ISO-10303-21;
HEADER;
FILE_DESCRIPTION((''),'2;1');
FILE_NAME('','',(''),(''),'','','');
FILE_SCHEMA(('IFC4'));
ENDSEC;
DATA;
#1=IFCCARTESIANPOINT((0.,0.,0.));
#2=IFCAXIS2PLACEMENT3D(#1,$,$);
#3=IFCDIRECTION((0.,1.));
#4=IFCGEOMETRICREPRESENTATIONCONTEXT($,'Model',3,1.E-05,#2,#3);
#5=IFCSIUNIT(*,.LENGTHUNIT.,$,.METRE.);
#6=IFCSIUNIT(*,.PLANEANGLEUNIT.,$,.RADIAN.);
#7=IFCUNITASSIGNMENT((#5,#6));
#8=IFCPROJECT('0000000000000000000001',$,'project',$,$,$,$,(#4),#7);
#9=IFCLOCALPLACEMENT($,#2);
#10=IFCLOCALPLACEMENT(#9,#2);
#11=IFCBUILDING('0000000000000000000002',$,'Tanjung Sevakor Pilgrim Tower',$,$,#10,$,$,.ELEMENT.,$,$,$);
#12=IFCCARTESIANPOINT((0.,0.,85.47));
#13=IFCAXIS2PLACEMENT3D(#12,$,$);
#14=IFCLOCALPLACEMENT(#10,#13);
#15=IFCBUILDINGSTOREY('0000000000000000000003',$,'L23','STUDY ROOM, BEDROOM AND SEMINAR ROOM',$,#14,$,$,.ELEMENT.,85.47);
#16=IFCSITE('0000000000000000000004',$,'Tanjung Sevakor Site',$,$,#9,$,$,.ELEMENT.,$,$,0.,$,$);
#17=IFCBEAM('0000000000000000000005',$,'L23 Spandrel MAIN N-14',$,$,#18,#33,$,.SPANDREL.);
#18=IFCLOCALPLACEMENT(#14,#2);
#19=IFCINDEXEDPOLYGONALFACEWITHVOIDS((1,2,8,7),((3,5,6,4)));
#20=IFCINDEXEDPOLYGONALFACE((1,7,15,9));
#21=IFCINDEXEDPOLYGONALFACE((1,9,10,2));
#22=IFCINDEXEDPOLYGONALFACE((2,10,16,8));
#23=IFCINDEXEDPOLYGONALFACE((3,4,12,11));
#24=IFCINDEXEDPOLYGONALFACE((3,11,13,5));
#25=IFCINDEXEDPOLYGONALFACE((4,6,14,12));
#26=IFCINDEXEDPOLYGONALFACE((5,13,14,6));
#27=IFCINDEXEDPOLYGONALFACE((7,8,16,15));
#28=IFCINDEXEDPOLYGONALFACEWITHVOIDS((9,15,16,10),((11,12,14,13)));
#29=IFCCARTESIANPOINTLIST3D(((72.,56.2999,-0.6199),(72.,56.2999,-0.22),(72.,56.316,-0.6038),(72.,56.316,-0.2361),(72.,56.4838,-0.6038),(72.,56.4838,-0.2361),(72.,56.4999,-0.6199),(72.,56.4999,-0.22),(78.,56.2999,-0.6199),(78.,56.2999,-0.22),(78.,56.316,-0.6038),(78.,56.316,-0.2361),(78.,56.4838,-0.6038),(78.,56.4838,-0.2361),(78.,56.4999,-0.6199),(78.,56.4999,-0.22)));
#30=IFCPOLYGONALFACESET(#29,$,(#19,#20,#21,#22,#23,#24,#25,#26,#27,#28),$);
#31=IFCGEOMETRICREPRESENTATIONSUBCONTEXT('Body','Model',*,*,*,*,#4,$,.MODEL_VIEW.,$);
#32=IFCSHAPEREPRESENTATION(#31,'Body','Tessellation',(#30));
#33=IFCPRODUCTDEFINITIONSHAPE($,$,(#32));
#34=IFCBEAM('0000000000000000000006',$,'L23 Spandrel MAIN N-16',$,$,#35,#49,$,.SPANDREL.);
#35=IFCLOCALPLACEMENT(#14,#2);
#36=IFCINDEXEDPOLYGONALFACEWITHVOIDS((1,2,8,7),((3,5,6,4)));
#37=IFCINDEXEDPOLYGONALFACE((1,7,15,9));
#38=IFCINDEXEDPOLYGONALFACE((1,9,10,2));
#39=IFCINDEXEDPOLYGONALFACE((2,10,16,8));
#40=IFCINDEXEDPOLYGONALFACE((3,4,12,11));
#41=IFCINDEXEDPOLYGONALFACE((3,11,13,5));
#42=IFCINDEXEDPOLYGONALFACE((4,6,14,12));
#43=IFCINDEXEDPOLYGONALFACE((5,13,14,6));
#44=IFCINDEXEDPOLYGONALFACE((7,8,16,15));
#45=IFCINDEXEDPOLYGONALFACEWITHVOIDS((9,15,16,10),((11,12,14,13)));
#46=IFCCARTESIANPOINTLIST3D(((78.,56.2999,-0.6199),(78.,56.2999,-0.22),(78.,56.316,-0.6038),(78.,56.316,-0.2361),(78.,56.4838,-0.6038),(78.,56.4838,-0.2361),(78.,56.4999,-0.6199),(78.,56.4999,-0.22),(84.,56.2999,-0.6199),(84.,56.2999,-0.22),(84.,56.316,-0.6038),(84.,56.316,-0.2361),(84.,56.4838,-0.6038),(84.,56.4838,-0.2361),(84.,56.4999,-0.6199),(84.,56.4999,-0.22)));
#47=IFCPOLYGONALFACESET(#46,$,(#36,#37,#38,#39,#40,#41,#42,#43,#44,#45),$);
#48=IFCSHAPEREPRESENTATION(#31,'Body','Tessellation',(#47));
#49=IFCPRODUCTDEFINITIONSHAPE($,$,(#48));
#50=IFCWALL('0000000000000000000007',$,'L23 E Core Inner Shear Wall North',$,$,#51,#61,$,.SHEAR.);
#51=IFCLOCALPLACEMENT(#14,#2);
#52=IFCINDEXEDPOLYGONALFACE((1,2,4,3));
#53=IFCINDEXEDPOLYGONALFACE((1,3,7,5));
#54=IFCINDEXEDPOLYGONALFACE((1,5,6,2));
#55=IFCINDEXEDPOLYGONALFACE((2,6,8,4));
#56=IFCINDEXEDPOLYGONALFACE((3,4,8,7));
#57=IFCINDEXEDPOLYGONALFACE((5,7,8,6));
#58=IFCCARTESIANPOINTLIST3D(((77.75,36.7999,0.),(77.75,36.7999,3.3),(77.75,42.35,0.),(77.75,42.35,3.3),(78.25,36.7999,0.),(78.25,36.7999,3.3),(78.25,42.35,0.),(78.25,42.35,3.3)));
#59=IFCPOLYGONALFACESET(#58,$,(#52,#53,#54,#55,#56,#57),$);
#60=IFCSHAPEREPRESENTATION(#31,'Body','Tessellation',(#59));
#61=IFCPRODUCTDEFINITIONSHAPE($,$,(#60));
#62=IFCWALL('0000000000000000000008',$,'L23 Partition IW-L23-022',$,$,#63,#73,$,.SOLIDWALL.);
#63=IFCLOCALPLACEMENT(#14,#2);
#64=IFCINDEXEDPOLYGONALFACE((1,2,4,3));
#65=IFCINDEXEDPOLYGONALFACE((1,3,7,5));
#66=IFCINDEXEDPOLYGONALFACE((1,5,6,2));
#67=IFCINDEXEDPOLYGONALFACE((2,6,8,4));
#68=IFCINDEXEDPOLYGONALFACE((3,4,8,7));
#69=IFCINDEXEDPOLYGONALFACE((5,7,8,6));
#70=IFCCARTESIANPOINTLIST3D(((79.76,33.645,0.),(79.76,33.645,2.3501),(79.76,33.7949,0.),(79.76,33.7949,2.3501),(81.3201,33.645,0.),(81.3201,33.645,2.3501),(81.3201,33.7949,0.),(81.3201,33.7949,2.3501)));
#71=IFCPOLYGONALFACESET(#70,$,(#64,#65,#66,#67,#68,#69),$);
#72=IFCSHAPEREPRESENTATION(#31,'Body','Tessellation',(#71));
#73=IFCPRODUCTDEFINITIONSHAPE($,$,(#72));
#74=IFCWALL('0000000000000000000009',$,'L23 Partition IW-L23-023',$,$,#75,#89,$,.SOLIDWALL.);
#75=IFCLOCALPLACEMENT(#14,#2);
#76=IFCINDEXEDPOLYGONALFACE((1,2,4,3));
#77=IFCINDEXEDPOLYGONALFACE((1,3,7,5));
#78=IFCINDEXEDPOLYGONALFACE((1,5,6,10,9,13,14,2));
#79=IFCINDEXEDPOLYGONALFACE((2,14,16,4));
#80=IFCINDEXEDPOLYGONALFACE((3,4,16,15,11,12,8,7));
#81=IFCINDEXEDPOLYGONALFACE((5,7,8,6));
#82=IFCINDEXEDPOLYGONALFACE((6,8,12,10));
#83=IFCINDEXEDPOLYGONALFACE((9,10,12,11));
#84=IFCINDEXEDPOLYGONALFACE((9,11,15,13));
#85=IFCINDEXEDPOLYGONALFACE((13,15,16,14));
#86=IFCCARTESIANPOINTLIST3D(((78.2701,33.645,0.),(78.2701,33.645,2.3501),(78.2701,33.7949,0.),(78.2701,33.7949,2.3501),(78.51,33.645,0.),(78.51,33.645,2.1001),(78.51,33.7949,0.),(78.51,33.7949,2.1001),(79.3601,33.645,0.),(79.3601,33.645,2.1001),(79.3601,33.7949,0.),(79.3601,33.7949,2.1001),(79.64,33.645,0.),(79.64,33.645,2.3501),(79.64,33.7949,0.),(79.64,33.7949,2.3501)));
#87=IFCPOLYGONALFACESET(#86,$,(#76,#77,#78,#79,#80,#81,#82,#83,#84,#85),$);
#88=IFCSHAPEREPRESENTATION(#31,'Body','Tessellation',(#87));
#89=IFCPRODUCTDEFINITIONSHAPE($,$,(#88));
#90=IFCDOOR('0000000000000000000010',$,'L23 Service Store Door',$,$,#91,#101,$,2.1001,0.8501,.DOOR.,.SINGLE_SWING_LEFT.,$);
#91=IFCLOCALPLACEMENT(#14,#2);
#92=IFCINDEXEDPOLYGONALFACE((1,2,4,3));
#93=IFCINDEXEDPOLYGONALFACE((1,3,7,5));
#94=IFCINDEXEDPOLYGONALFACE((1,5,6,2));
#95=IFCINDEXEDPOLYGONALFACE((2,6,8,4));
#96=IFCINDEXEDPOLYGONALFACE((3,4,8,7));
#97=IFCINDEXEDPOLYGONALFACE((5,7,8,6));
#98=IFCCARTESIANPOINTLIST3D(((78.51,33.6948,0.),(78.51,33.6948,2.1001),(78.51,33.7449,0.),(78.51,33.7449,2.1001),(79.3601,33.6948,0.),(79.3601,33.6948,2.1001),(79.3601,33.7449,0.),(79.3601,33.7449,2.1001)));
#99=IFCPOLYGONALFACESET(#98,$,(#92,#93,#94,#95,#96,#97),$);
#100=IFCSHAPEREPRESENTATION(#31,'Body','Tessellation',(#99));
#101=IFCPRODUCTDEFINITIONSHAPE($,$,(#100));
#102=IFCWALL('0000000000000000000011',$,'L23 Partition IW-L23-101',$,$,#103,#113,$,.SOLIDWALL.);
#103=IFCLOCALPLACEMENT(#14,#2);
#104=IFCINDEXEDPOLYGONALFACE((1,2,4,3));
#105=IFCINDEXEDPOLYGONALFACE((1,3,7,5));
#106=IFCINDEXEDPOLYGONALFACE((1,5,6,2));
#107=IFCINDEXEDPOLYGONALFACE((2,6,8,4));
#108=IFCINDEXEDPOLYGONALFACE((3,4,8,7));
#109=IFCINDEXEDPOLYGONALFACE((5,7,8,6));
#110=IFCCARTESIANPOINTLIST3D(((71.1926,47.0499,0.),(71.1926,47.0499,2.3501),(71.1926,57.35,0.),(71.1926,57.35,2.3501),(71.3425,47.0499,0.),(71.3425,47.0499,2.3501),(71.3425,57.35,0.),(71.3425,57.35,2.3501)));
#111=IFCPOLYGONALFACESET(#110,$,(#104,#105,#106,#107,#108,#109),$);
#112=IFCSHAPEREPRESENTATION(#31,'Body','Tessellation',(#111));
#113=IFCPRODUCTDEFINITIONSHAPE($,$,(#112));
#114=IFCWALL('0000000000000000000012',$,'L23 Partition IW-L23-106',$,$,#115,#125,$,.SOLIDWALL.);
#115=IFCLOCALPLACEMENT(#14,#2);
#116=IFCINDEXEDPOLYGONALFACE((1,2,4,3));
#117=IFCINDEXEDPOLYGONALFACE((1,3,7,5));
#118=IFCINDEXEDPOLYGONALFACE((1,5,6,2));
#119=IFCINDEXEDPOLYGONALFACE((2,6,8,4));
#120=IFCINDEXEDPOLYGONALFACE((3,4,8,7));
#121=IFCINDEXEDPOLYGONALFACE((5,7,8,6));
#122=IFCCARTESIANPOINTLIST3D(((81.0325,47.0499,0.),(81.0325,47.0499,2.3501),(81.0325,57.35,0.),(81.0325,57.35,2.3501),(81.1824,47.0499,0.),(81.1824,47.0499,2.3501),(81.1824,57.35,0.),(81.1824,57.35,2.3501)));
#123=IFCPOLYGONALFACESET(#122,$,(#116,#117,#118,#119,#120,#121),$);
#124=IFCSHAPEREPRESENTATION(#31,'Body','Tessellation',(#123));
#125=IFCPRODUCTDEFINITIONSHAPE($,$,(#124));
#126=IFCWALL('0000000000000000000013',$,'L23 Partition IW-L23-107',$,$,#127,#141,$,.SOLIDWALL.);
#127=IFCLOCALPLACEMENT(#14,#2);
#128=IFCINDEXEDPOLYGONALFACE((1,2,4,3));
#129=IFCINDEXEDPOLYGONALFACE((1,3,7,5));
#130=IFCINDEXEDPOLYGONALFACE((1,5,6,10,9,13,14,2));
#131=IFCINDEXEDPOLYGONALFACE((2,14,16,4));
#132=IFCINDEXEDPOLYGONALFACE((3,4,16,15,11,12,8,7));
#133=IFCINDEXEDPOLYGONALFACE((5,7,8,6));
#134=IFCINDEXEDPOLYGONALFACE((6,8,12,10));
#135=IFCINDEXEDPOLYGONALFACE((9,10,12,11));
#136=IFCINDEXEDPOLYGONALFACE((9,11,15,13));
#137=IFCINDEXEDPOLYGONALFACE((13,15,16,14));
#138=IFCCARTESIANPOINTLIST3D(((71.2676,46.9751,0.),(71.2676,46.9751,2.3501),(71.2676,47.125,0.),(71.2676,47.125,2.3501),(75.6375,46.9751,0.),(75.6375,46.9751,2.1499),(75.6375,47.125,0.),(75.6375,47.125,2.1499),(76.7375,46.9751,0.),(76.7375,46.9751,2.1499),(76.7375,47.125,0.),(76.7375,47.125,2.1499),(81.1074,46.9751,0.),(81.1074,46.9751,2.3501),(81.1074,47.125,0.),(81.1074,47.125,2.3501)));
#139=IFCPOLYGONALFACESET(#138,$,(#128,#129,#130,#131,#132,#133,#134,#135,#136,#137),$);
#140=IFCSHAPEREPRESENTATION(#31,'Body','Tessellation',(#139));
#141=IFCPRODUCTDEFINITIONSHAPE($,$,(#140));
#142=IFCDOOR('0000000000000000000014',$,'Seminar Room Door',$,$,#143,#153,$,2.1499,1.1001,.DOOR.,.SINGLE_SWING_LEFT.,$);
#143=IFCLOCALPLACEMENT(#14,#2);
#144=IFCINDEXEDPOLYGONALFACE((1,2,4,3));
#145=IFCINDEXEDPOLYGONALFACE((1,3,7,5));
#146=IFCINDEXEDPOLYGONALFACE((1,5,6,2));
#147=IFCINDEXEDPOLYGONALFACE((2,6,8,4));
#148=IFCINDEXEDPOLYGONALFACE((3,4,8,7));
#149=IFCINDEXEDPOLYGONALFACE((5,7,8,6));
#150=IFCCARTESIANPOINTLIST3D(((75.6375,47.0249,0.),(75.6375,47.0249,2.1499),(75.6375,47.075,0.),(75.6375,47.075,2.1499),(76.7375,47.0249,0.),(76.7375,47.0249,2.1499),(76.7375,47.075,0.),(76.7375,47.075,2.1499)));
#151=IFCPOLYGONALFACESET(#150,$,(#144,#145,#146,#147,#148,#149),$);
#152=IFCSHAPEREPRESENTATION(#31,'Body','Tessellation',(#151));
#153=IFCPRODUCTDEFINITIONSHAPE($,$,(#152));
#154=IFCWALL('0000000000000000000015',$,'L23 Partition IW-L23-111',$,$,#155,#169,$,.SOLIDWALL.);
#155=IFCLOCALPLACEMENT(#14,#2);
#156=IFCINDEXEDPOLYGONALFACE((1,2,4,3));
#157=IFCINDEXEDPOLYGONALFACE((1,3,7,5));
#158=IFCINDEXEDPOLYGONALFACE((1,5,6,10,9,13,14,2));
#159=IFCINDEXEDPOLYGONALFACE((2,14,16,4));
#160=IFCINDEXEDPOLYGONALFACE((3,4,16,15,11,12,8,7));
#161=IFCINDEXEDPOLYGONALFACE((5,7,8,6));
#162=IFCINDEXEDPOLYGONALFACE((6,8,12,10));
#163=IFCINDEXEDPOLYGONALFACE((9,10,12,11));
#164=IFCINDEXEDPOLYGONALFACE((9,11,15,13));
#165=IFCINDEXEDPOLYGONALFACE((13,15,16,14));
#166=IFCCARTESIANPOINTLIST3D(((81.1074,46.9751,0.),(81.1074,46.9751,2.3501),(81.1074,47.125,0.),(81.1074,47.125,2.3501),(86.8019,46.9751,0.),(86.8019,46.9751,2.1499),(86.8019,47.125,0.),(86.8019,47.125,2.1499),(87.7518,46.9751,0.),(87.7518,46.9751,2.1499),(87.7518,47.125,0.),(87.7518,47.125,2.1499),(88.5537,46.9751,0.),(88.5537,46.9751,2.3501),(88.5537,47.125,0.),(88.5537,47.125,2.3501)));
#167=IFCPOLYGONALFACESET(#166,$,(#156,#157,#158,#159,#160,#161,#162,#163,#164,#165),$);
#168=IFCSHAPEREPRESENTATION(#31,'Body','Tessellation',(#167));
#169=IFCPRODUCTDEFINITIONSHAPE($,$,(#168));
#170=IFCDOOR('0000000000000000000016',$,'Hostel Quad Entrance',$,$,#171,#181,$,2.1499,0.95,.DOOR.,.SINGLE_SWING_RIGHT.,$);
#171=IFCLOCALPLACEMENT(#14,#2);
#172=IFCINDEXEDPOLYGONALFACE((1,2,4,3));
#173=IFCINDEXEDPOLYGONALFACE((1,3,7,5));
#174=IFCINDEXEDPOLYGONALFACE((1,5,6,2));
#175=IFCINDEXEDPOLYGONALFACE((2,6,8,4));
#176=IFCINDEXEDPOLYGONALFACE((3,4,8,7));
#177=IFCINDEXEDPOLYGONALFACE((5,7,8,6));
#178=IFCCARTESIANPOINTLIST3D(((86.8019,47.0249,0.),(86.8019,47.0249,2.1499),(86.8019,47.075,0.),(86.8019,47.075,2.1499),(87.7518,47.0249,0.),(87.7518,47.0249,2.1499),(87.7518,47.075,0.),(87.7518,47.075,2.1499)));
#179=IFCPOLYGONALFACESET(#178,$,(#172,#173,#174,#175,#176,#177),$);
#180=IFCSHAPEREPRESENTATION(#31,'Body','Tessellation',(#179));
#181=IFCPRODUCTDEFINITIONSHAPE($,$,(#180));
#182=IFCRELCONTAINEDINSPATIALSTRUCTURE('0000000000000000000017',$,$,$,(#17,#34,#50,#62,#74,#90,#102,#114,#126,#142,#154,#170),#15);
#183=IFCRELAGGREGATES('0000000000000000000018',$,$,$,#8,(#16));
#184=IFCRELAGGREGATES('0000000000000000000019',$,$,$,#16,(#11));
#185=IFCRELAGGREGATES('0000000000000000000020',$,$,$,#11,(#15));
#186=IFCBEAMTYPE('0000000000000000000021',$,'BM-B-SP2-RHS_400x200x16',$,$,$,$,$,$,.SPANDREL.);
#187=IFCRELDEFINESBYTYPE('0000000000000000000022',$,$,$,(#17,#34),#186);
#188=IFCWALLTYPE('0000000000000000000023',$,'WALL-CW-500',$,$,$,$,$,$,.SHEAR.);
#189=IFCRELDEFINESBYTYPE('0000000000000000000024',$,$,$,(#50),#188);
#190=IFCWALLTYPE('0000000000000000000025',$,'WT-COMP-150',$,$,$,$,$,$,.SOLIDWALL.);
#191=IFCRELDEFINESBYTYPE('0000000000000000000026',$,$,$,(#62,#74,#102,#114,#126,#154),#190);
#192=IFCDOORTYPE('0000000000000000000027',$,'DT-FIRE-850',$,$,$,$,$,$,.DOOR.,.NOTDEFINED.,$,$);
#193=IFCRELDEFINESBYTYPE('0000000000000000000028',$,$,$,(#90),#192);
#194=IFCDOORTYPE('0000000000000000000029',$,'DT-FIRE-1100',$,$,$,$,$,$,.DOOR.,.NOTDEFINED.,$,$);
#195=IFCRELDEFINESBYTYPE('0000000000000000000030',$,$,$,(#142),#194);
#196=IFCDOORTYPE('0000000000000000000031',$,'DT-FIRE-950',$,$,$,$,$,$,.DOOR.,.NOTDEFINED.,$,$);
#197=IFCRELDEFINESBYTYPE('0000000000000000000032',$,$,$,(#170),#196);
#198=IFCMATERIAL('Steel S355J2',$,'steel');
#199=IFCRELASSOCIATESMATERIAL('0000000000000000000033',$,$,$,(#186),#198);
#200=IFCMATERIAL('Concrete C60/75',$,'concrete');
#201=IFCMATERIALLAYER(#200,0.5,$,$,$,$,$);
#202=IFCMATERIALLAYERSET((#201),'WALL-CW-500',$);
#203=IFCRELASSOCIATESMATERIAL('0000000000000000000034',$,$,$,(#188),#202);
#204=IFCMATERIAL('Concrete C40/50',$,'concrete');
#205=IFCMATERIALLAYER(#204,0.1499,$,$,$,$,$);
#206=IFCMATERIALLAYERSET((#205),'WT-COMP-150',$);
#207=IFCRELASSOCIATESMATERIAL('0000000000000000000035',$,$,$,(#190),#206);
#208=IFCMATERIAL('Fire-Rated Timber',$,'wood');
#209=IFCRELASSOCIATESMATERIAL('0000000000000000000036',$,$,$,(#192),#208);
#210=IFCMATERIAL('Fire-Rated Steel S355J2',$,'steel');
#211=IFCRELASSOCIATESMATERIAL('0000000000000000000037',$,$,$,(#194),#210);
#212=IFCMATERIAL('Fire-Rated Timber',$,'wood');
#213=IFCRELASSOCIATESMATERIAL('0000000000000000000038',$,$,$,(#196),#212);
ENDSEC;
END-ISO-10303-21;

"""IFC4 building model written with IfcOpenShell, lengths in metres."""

from ifc_helpers import new_model, si_unit, direction, frame, frame_2d, origin, origin_2d, place, context, subcontext, project, spatial, rectangle, hollow_rectangle, extrude, material, layer, layer_set, material_profile, profile_set, type_object, element, fill, save


model = new_model("IFC4")

# Units and contexts
model_context = context("Model", 3, precision=1e-05, world=origin(), true_north=direction((0.0, 1.0)))
body_context = subcontext(model_context, "Body", "Model", "MODEL_VIEW")
ifc_project = project(units=[si_unit("LENGTHUNIT", "METRE"), si_unit("PLANEANGLEUNIT", "RADIAN")], contexts=[model_context])

# Site, building, storey
site_placement = place(None, origin())
site = spatial("IfcSite", under=ifc_project, at=site_placement, Name="Tanjung Sevakor Site", CompositionType="ELEMENT", RefElevation=0.0)
building_placement = place(site_placement, origin())
building = spatial("IfcBuilding", under=site, at=building_placement, Name="Tanjung Sevakor Pilgrim Tower", CompositionType="ELEMENT")
storey_placement = place(building_placement, frame((0.0, 0.0, 85.47)))
storey = spatial("IfcBuildingStorey", under=building, at=storey_placement, Name="L23", Description="STUDY ROOM, BEDROOM AND SEMINAR ROOM", CompositionType="ELEMENT", Elevation=85.47)

# Beams
ifc_material_1 = material(Name="Steel S355J2", Category="steel")
ifc_material_profile_1 = material_profile(ifc_material_1, hollow_rectangle(XDim=0.2, YDim=0.3999, WallThickness=0.0161, at=origin_2d()))
ifc_profile_set_1 = profile_set([ifc_material_profile_1], Name="Steel S355J2")
beam_type_1 = type_object("IfcBeamType", Name="BM-B-SP2-RHS_400x200x16", PredefinedType="SPANDREL", material=ifc_profile_set_1)
for number, where, z_axis, x_axis, name in (
    (1, (72.0, 56.3999, -0.4199), (1.0, 0.0, 0.0), (0.0, 1.0, 0.0), "L23 Spandrel MAIN N-14"),
    (2, (78.0, 56.3999, -0.4199), (1.0, 0.0, 0.0), (0.0, 1.0, 0.0), "L23 Spandrel MAIN N-16"),
):
    element("IfcBeam", number, at=place(storey_placement, frame(where, z_axis=z_axis, x_axis=x_axis)), inside=storey, type_object=beam_type_1, Name=name, PredefinedType="SPANDREL", context=body_context, shape_type="SweptSolid", body=[
        extrude(hollow_rectangle(XDim=0.2, YDim=0.3999, WallThickness=0.0161, at=origin_2d()), origin(), (0.0, 0.0, 1.0), 6.0),
    ])

# Walls
ifc_material_2 = material(Name="Concrete C60/75", Category="concrete")
ifc_layer_1 = layer(ifc_material_2, 0.5)
ifc_layer_set_1 = layer_set([ifc_layer_1], Name="WALL-CW-500")
wall_type_1 = type_object("IfcWallType", Name="WALL-CW-500", PredefinedType="SHEAR", material=ifc_layer_set_1)
wall_1_placement = place(storey_placement, frame((78.0, 36.8, 0.0), z_axis=(0.0, 0.0, 1.0), x_axis=(0.0, 1.0, 0.0)))
element("IfcWall", 3, at=wall_1_placement, inside=storey, type_object=wall_type_1, Name="L23 E Core Inner Shear Wall North", PredefinedType="SHEAR", context=body_context, shape_type="SweptSolid", body=[
    extrude(rectangle(XDim=5.55, YDim=0.5, at=frame_2d((2.7749, 0.0))), origin(), (0.0, 0.0, 1.0), 3.3),
])
ifc_material_3 = material(Name="Concrete C40/50", Category="concrete")
ifc_layer_2 = layer(ifc_material_3, 0.1499)
ifc_layer_set_2 = layer_set([ifc_layer_2], Name="WT-COMP-150")
wall_type_2 = type_object("IfcWallType", Name="WT-COMP-150", PredefinedType="SOLIDWALL", material=ifc_layer_set_2)
wall_2_placement = place(storey_placement, frame((79.76, 33.72, 0.0), z_axis=(0.0, 0.0, 1.0), x_axis=(1.0, 0.0, 0.0)))
element("IfcWall", 4, at=wall_2_placement, inside=storey, type_object=wall_type_2, Name="L23 Partition IW-L23-022", PredefinedType="SOLIDWALL", context=body_context, shape_type="SweptSolid", body=[
    extrude(rectangle(XDim=1.5601, YDim=0.1499, at=frame_2d((0.78, 0.0))), origin(), (0.0, 0.0, 1.0), 2.3501),
])

# Wall, opening, door
wall_3_placement = place(storey_placement, frame((78.27, 33.72, 0.0), z_axis=(0.0, 0.0, 1.0), x_axis=(1.0, 0.0, 0.0)))
wall_3 = element("IfcWall", 5, at=wall_3_placement, inside=storey, type_object=wall_type_2, Name="L23 Partition IW-L23-023", PredefinedType="SOLIDWALL", context=body_context, shape_type="SweptSolid", body=[
    extrude(rectangle(XDim=1.3699, YDim=0.1499, at=frame_2d((0.6851, 0.0))), origin(), (0.0, 0.0, 1.0), 2.3501),
])
opening_1_placement = place(wall_3_placement, frame((0.24, 0.0, 0.0)))
opening_1 = element("IfcOpeningElement", 6, at=opening_1_placement, cuts=wall_3, PredefinedType="OPENING", context=body_context, shape_type="SweptSolid", body=[
    extrude(rectangle(XDim=0.8501, YDim=2.1001, at=frame_2d((0.425, 1.05))), frame((0.0, 0.085, 0.0), z_axis=(0.0, -1.0, 0.0), x_axis=(1.0, 0.0, 0.0)), (0.0, 0.0, 1.0), 0.1699),
])
ifc_material_4 = material(Name="Fire-Rated Timber", Category="wood")
door_type_1 = type_object("IfcDoorType", Name="DT-FIRE-850", OperationType="NOTDEFINED", PredefinedType="DOOR", material=ifc_material_4)
door_1_placement = place(opening_1_placement, origin())
door_1 = element("IfcDoor", 7, at=door_1_placement, inside=storey, type_object=door_type_1, Name="L23 Service Store Door", OperationType="SINGLE_SWING_LEFT", OverallHeight=2.1001, OverallWidth=0.8501, PredefinedType="DOOR", context=body_context, shape_type="SweptSolid", body=[
    extrude(rectangle(XDim=0.8501, YDim=2.1001, at=frame_2d((0.425, 1.05))), frame((0.0, 0.0249, 0.0), z_axis=(0.0, -1.0, 0.0), x_axis=(1.0, 0.0, 0.0)), (0.0, 0.0, 1.0), 0.05),
])
fill(opening_1, door_1)

# Walls
for number, where, z_axis, x_axis, name in (
    (8, (71.2676, 47.05, 0.0), (0.0, 0.0, 1.0), (0.0, 1.0, 0.0), "L23 Partition IW-L23-101"),
    (9, (81.1074, 47.05, 0.0), (0.0, 0.0, 1.0), (0.0, 1.0, 0.0), "L23 Partition IW-L23-106"),
):
    element("IfcWall", number, at=place(storey_placement, frame(where, z_axis=z_axis, x_axis=x_axis)), inside=storey, type_object=wall_type_2, Name=name, PredefinedType="SOLIDWALL", context=body_context, shape_type="SweptSolid", body=[
        extrude(rectangle(XDim=10.3, YDim=0.1499, at=frame_2d((5.1499, 0.0))), origin(), (0.0, 0.0, 1.0), 2.3501),
    ])

# Walls, openings, doors
wall_4_placement = place(storey_placement, frame((71.2676, 47.05, 0.0), z_axis=(0.0, 0.0, 1.0), x_axis=(1.0, 0.0, 0.0)))
wall_4 = element("IfcWall", 10, at=wall_4_placement, inside=storey, type_object=wall_type_2, Name="L23 Partition IW-L23-107", PredefinedType="SOLIDWALL", context=body_context, shape_type="SweptSolid", body=[
    extrude(rectangle(XDim=9.8398, YDim=0.1499, at=frame_2d((4.9199, 0.0))), origin(), (0.0, 0.0, 1.0), 2.3501),
])
opening_2_placement = place(wall_4_placement, frame((4.3699, 0.0, 0.0)))
opening_2 = element("IfcOpeningElement", 11, at=opening_2_placement, cuts=wall_4, PredefinedType="OPENING", context=body_context, shape_type="SweptSolid", body=[
    extrude(rectangle(XDim=1.1001, YDim=2.1499, at=frame_2d((0.55, 1.075))), frame((0.0, 0.085, 0.0), z_axis=(0.0, -1.0, 0.0), x_axis=(1.0, 0.0, 0.0)), (0.0, 0.0, 1.0), 0.1699),
])
ifc_material_5 = material(Name="Fire-Rated Steel S355J2", Category="steel")
door_type_2 = type_object("IfcDoorType", Name="DT-FIRE-1100", OperationType="NOTDEFINED", PredefinedType="DOOR", material=ifc_material_5)
door_2_placement = place(opening_2_placement, origin())
door_2 = element("IfcDoor", 12, at=door_2_placement, inside=storey, type_object=door_type_2, Name="Seminar Room Door", OperationType="SINGLE_SWING_LEFT", OverallHeight=2.1499, OverallWidth=1.1001, PredefinedType="DOOR", context=body_context, shape_type="SweptSolid", body=[
    extrude(rectangle(XDim=1.1001, YDim=2.1499, at=frame_2d((0.55, 1.075))), frame((0.0, 0.0249, 0.0), z_axis=(0.0, -1.0, 0.0), x_axis=(1.0, 0.0, 0.0)), (0.0, 0.0, 1.0), 0.05),
])
fill(opening_2, door_2)
wall_5_placement = place(storey_placement, frame((81.1074, 47.05, 0.0), z_axis=(0.0, 0.0, 1.0), x_axis=(1.0, 0.0, 0.0)))
wall_5 = element("IfcWall", 13, at=wall_5_placement, inside=storey, type_object=wall_type_2, Name="L23 Partition IW-L23-111", PredefinedType="SOLIDWALL", context=body_context, shape_type="SweptSolid", body=[
    extrude(rectangle(XDim=7.4463, YDim=0.1499, at=frame_2d((3.7231, 0.0))), origin(), (0.0, 0.0, 1.0), 2.3501),
])
opening_3_placement = place(wall_5_placement, frame((5.6943, 0.0, 0.0)))
opening_3 = element("IfcOpeningElement", 14, at=opening_3_placement, cuts=wall_5, PredefinedType="OPENING", context=body_context, shape_type="SweptSolid", body=[
    extrude(rectangle(XDim=0.95, YDim=2.1499, at=frame_2d((0.4751, 1.075))), frame((0.0, 0.085, 0.0), z_axis=(0.0, -1.0, 0.0), x_axis=(1.0, 0.0, 0.0)), (0.0, 0.0, 1.0), 0.1699),
])
ifc_material_6 = material(Name="Fire-Rated Timber", Category="wood")
door_type_3 = type_object("IfcDoorType", Name="DT-FIRE-950", OperationType="NOTDEFINED", PredefinedType="DOOR", material=ifc_material_6)
door_3_placement = place(opening_3_placement, origin())
door_3 = element("IfcDoor", 15, at=door_3_placement, inside=storey, type_object=door_type_3, Name="Hostel Quad Entrance", OperationType="SINGLE_SWING_RIGHT", OverallHeight=2.1499, OverallWidth=0.95, PredefinedType="DOOR", context=body_context, shape_type="SweptSolid", body=[
    extrude(rectangle(XDim=0.95, YDim=2.1499, at=frame_2d((0.4751, 1.075))), frame((0.0, 0.0249, 0.0), z_axis=(0.0, -1.0, 0.0), x_axis=(1.0, 0.0, 0.0)), (0.0, 0.0, 1.0), 0.05),
])
fill(opening_3, door_3)

save(model, "model.ifc")
